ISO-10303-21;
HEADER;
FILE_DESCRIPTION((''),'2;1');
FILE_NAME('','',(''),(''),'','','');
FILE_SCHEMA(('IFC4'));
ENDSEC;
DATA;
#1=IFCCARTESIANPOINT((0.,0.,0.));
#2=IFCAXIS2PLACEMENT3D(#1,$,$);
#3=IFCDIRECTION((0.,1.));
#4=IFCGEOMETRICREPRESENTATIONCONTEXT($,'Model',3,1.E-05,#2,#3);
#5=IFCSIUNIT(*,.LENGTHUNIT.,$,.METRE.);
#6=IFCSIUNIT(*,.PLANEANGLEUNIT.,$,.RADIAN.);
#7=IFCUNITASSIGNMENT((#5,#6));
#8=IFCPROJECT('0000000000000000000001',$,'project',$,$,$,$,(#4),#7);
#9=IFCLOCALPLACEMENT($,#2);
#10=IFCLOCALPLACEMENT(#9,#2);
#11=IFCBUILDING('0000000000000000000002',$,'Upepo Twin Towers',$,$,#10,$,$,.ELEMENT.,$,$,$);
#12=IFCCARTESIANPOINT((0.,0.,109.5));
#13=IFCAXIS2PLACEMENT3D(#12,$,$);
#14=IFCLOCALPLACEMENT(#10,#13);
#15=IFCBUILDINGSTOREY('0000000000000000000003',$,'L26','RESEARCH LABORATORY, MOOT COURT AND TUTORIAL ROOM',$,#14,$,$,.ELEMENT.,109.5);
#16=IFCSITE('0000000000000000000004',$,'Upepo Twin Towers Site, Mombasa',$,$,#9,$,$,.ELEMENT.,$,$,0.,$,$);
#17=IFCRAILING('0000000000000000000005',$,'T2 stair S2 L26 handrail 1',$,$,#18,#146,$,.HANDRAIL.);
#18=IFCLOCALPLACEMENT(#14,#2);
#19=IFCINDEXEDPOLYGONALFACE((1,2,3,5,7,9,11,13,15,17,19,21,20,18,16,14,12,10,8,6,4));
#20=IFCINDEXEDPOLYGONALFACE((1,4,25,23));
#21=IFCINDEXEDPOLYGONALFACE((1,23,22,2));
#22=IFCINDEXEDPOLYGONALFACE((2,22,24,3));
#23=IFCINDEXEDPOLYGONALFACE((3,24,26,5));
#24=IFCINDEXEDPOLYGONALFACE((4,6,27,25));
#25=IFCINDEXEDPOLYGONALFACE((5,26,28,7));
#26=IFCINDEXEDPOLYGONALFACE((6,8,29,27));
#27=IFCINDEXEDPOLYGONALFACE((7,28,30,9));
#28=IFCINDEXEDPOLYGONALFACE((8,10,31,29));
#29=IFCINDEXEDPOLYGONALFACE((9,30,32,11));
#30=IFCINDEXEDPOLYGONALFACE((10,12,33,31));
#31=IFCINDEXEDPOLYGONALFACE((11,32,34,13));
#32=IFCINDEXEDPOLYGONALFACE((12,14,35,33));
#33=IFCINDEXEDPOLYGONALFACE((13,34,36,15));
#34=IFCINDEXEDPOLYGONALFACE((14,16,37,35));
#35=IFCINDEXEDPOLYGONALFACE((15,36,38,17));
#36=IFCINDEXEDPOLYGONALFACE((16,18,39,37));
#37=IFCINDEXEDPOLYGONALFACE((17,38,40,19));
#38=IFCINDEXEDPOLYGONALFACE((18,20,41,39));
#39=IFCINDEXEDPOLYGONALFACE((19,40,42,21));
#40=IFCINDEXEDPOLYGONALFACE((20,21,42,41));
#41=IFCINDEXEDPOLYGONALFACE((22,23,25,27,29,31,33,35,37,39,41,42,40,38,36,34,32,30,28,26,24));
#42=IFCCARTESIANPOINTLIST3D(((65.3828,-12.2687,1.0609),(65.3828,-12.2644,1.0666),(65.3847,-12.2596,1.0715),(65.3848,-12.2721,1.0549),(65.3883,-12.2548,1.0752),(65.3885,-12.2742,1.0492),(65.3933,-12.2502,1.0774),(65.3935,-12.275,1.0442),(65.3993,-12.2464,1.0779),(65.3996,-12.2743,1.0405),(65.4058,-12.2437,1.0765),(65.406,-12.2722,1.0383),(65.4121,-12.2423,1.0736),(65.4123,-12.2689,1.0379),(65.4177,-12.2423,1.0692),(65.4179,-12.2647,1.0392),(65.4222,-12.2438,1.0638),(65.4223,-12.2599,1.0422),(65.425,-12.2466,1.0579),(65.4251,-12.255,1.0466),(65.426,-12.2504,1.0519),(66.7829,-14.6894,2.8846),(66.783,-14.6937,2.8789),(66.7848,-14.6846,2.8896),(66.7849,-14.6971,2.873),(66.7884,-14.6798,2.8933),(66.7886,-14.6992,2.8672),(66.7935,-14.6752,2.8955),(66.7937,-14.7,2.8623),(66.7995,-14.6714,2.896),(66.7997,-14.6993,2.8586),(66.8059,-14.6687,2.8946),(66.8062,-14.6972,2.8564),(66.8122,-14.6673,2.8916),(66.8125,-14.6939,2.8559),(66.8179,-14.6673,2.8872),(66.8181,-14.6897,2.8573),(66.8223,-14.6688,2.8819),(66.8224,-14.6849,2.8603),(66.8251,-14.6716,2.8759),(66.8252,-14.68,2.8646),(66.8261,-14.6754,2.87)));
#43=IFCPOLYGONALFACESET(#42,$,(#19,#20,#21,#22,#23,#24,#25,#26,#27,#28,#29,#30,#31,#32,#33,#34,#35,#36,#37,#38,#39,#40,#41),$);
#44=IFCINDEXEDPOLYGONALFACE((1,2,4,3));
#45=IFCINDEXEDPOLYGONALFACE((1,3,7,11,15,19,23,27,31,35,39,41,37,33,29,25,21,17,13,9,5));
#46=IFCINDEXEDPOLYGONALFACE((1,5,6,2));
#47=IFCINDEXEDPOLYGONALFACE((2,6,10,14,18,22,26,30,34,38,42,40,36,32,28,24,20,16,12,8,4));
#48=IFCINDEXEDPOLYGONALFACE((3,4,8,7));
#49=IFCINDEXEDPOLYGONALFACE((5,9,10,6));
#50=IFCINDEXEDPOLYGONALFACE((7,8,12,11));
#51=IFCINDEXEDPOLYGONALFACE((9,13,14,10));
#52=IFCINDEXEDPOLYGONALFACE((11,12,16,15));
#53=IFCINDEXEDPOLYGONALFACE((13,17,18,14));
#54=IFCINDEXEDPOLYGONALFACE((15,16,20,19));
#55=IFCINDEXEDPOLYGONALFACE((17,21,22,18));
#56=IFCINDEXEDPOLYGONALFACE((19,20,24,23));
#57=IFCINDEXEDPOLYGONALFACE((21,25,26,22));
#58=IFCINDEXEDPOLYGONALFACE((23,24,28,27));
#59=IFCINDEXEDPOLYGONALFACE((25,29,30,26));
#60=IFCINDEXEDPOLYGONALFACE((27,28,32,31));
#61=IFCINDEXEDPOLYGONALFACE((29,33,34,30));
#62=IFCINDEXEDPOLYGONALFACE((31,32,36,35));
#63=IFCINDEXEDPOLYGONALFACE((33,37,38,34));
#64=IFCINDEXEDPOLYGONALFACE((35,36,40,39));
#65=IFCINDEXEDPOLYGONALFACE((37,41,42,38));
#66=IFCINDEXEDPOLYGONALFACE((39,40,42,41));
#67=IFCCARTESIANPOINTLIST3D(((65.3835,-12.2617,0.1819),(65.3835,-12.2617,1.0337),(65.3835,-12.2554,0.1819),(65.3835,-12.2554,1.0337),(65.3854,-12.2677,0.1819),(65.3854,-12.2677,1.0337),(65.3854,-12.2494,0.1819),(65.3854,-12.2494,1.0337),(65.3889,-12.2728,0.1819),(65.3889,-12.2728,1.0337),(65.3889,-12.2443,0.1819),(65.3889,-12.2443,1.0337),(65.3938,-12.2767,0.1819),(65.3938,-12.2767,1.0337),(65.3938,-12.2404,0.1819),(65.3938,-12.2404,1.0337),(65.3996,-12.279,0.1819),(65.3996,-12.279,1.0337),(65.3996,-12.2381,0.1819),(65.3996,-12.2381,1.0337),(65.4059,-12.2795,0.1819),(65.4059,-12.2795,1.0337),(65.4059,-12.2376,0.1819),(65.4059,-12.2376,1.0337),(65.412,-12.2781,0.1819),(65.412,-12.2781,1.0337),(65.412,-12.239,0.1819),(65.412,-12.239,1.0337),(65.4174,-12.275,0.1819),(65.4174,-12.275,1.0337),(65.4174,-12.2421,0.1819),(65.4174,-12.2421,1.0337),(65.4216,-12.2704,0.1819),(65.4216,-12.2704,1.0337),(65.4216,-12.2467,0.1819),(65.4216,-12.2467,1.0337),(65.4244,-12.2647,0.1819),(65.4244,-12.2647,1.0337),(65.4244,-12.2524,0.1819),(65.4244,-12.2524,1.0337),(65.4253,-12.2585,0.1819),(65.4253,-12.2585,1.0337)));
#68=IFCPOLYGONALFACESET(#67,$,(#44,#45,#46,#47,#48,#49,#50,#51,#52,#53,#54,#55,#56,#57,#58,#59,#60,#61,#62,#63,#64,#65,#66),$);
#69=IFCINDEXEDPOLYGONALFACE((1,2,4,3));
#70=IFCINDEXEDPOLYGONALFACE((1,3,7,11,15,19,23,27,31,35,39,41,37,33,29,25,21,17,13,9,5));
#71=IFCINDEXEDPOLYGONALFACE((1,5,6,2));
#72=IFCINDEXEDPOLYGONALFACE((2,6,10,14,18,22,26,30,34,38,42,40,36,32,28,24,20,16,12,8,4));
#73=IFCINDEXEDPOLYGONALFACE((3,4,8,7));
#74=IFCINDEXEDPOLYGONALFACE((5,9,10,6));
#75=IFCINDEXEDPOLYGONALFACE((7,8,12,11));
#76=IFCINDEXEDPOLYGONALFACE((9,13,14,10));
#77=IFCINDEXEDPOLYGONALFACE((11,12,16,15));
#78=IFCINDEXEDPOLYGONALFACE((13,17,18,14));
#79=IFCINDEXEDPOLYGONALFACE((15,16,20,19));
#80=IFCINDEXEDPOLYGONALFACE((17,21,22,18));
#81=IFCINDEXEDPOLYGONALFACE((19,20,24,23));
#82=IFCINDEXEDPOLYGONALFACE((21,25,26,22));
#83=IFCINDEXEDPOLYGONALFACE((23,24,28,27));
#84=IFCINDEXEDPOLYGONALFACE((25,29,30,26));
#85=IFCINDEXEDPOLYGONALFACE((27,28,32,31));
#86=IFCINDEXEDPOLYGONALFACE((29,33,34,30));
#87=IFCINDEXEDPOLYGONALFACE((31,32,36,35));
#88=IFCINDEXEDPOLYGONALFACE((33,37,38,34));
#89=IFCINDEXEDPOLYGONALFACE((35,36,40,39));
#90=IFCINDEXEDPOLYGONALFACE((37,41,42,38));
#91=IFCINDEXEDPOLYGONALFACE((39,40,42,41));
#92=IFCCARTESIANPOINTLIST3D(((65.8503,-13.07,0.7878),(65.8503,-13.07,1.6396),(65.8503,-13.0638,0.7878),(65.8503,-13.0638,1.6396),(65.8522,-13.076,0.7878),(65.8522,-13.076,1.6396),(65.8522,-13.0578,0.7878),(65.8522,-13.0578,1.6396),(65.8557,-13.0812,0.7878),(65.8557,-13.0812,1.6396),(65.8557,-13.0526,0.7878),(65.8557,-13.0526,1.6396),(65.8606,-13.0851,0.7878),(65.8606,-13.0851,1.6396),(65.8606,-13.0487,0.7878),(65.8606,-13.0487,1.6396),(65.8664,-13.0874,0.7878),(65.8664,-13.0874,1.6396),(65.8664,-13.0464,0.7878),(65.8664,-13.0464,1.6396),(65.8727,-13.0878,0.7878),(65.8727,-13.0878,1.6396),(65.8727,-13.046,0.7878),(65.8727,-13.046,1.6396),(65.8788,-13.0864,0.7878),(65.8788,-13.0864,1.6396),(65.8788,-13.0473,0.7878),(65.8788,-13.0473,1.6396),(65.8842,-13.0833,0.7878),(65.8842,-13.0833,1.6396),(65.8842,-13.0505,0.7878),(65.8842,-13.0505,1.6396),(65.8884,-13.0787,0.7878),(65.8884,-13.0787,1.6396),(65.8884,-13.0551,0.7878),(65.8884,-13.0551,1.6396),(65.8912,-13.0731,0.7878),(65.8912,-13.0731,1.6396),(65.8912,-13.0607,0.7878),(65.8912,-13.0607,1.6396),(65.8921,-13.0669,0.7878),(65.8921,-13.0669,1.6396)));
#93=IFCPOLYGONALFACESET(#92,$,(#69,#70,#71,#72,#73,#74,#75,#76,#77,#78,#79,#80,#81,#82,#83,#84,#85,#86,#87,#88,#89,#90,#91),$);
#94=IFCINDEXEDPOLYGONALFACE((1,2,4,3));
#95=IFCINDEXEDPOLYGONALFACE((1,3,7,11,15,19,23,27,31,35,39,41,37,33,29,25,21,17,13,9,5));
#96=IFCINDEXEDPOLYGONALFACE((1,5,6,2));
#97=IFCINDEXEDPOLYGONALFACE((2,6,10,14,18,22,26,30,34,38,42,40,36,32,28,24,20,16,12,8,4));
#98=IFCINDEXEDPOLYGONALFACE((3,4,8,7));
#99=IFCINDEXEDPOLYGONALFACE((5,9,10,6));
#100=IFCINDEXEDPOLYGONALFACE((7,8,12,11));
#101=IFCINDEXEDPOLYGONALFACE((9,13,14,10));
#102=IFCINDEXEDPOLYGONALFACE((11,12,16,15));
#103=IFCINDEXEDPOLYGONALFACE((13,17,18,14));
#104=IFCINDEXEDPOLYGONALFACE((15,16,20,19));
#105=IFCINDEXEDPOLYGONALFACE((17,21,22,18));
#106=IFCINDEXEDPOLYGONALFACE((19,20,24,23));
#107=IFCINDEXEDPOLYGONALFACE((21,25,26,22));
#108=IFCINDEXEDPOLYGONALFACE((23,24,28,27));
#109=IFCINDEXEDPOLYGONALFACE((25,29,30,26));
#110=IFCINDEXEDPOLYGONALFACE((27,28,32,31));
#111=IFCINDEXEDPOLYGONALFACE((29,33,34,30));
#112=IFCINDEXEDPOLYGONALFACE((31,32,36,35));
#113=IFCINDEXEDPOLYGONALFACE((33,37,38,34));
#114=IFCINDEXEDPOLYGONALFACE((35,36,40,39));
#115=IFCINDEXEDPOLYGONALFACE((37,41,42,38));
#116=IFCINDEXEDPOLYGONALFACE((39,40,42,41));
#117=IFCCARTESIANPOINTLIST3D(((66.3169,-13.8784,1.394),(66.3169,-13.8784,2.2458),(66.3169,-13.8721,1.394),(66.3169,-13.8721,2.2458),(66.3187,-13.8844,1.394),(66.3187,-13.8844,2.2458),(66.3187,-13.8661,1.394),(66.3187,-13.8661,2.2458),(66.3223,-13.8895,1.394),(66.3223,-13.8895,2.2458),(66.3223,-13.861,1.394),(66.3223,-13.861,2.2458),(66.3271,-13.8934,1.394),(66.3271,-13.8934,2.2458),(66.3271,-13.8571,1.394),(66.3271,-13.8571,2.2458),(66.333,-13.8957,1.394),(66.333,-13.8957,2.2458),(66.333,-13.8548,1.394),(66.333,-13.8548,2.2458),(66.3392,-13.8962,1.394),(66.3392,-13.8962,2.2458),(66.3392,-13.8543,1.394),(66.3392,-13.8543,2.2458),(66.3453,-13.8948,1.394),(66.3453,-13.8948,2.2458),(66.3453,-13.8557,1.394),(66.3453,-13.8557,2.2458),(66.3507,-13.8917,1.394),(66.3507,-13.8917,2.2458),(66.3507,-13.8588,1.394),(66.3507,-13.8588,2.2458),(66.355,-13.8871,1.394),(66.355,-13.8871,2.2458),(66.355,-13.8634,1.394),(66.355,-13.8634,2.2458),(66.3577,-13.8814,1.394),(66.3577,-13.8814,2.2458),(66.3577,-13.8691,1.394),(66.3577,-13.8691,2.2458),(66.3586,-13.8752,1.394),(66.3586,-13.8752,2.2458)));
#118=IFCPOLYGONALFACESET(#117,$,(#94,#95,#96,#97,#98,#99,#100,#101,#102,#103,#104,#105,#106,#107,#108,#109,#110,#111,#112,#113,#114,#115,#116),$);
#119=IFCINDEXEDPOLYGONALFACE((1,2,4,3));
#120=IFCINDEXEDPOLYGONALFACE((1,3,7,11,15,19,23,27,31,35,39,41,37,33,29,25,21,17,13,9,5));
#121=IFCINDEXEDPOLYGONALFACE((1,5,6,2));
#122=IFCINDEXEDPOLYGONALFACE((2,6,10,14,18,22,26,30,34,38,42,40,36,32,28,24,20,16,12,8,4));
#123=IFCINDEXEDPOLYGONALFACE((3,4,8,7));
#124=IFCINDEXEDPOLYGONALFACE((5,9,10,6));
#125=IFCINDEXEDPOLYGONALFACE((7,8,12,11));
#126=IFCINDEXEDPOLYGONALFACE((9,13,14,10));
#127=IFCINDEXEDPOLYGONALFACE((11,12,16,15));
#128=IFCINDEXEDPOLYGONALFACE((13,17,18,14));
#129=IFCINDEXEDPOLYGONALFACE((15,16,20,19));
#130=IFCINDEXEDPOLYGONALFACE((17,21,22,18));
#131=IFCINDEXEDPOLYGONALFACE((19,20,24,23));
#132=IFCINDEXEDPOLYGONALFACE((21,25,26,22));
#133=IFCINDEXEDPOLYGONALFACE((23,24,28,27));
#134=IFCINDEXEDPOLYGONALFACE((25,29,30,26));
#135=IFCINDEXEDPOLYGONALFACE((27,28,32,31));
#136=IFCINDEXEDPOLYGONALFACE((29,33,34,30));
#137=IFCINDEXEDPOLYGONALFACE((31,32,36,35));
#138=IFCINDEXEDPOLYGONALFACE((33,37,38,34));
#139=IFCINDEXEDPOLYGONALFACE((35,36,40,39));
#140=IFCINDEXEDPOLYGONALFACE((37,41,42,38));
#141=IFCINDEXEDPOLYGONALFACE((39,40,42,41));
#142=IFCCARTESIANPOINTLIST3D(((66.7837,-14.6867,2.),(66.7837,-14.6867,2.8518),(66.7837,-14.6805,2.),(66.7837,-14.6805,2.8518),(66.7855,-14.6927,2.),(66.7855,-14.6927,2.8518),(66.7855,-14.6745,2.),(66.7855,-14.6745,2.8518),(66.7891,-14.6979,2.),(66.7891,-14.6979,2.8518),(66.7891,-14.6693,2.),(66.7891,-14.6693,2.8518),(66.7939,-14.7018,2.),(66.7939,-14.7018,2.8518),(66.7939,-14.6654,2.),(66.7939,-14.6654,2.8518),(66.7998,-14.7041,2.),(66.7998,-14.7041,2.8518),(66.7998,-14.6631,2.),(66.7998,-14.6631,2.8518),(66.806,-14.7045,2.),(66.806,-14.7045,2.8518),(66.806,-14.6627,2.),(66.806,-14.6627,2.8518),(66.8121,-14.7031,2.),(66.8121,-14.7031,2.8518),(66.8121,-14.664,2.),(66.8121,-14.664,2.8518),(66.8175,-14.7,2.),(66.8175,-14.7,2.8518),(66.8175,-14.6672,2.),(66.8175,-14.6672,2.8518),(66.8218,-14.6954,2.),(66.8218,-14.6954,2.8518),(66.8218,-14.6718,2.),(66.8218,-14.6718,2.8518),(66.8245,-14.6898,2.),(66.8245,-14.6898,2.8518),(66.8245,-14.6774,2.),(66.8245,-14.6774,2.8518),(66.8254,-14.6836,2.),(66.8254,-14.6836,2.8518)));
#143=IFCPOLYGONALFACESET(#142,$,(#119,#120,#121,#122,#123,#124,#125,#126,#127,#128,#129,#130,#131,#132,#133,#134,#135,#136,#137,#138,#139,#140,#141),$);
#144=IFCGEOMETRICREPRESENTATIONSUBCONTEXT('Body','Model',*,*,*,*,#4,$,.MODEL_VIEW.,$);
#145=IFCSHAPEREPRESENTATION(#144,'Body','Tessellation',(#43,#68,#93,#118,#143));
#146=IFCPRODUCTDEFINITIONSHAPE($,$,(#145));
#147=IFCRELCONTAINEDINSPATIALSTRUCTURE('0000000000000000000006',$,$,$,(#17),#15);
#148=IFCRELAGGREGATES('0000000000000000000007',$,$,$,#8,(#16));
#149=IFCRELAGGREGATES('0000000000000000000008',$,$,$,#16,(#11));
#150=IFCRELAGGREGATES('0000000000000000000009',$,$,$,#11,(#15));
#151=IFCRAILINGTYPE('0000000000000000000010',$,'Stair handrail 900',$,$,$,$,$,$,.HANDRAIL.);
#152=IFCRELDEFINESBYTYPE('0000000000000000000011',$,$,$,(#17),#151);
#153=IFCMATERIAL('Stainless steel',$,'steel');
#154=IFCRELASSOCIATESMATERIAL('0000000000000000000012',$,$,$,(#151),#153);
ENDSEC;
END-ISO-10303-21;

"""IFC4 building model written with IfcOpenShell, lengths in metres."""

from ifc_helpers import new_model, si_unit, direction, frame, origin, origin_2d, place, context, subcontext, project, spatial, circle, extrude, material, type_object, element, save


model = new_model("IFC4")

# Units and contexts
model_context = context("Model", 3, precision=1e-05, world=origin(), true_north=direction((0.0, 1.0)))
body_context = subcontext(model_context, "Body", "Model", "MODEL_VIEW")
ifc_project = project(units=[si_unit("LENGTHUNIT", "METRE"), si_unit("PLANEANGLEUNIT", "RADIAN")], contexts=[model_context])

# Site, building, storey
site_placement = place(None, origin())
site = spatial("IfcSite", under=ifc_project, at=site_placement, Name="Upepo Twin Towers Site, Mombasa", CompositionType="ELEMENT", RefElevation=0.0)
building_placement = place(site_placement, origin())
building = spatial("IfcBuilding", under=site, at=building_placement, Name="Upepo Twin Towers", CompositionType="ELEMENT")
storey_placement = place(building_placement, frame((0.0, 0.0, 109.5)))
storey = spatial("IfcBuildingStorey", under=building, at=storey_placement, Name="L26", Description="RESEARCH LABORATORY, MOOT COURT AND TUTORIAL ROOM", CompositionType="ELEMENT", Elevation=109.5)

# Railing
ifc_material_1 = material(Name="Stainless steel", Category="steel")
railing_type = type_object("IfcRailingType", Name="Stair handrail 900", PredefinedType="HANDRAIL", material=ifc_material_1)
railing_1_placement = place(storey_placement, frame((65.4043, -12.2585, 0.1819)))
element("IfcRailing", 1, at=railing_1_placement, inside=storey, type_object=railing_type, Name="T2 stair S2 L26 handrail 1", PredefinedType="HANDRAIL", context=body_context, shape_type="SweptSolid", body=[
    extrude(circle(Radius=0.0239, at=origin_2d()), frame((0.0, 0.0, 0.876), z_axis=(0.419371, -0.726349, 0.54456), x_axis=(0.866019, 0.500012, 0.0)), (0.0, 0.0, 1.0), 3.3386),
    extrude(circle(Radius=0.021, at=origin_2d()), origin(), (0.0, 0.0, 1.0), 0.8518),
    extrude(circle(Radius=0.021, at=origin_2d()), frame((0.4668, -0.8083, 0.606)), (0.0, 0.0, 1.0), 0.8518),
    extrude(circle(Radius=0.021, at=origin_2d()), frame((0.9333, -1.6167, 1.2122)), (0.0, 0.0, 1.0), 0.8518),
    extrude(circle(Radius=0.021, at=origin_2d()), frame((1.4001, -2.425, 1.8181)), (0.0, 0.0, 1.0), 0.8518),
])

save(model, "model.ifc")
